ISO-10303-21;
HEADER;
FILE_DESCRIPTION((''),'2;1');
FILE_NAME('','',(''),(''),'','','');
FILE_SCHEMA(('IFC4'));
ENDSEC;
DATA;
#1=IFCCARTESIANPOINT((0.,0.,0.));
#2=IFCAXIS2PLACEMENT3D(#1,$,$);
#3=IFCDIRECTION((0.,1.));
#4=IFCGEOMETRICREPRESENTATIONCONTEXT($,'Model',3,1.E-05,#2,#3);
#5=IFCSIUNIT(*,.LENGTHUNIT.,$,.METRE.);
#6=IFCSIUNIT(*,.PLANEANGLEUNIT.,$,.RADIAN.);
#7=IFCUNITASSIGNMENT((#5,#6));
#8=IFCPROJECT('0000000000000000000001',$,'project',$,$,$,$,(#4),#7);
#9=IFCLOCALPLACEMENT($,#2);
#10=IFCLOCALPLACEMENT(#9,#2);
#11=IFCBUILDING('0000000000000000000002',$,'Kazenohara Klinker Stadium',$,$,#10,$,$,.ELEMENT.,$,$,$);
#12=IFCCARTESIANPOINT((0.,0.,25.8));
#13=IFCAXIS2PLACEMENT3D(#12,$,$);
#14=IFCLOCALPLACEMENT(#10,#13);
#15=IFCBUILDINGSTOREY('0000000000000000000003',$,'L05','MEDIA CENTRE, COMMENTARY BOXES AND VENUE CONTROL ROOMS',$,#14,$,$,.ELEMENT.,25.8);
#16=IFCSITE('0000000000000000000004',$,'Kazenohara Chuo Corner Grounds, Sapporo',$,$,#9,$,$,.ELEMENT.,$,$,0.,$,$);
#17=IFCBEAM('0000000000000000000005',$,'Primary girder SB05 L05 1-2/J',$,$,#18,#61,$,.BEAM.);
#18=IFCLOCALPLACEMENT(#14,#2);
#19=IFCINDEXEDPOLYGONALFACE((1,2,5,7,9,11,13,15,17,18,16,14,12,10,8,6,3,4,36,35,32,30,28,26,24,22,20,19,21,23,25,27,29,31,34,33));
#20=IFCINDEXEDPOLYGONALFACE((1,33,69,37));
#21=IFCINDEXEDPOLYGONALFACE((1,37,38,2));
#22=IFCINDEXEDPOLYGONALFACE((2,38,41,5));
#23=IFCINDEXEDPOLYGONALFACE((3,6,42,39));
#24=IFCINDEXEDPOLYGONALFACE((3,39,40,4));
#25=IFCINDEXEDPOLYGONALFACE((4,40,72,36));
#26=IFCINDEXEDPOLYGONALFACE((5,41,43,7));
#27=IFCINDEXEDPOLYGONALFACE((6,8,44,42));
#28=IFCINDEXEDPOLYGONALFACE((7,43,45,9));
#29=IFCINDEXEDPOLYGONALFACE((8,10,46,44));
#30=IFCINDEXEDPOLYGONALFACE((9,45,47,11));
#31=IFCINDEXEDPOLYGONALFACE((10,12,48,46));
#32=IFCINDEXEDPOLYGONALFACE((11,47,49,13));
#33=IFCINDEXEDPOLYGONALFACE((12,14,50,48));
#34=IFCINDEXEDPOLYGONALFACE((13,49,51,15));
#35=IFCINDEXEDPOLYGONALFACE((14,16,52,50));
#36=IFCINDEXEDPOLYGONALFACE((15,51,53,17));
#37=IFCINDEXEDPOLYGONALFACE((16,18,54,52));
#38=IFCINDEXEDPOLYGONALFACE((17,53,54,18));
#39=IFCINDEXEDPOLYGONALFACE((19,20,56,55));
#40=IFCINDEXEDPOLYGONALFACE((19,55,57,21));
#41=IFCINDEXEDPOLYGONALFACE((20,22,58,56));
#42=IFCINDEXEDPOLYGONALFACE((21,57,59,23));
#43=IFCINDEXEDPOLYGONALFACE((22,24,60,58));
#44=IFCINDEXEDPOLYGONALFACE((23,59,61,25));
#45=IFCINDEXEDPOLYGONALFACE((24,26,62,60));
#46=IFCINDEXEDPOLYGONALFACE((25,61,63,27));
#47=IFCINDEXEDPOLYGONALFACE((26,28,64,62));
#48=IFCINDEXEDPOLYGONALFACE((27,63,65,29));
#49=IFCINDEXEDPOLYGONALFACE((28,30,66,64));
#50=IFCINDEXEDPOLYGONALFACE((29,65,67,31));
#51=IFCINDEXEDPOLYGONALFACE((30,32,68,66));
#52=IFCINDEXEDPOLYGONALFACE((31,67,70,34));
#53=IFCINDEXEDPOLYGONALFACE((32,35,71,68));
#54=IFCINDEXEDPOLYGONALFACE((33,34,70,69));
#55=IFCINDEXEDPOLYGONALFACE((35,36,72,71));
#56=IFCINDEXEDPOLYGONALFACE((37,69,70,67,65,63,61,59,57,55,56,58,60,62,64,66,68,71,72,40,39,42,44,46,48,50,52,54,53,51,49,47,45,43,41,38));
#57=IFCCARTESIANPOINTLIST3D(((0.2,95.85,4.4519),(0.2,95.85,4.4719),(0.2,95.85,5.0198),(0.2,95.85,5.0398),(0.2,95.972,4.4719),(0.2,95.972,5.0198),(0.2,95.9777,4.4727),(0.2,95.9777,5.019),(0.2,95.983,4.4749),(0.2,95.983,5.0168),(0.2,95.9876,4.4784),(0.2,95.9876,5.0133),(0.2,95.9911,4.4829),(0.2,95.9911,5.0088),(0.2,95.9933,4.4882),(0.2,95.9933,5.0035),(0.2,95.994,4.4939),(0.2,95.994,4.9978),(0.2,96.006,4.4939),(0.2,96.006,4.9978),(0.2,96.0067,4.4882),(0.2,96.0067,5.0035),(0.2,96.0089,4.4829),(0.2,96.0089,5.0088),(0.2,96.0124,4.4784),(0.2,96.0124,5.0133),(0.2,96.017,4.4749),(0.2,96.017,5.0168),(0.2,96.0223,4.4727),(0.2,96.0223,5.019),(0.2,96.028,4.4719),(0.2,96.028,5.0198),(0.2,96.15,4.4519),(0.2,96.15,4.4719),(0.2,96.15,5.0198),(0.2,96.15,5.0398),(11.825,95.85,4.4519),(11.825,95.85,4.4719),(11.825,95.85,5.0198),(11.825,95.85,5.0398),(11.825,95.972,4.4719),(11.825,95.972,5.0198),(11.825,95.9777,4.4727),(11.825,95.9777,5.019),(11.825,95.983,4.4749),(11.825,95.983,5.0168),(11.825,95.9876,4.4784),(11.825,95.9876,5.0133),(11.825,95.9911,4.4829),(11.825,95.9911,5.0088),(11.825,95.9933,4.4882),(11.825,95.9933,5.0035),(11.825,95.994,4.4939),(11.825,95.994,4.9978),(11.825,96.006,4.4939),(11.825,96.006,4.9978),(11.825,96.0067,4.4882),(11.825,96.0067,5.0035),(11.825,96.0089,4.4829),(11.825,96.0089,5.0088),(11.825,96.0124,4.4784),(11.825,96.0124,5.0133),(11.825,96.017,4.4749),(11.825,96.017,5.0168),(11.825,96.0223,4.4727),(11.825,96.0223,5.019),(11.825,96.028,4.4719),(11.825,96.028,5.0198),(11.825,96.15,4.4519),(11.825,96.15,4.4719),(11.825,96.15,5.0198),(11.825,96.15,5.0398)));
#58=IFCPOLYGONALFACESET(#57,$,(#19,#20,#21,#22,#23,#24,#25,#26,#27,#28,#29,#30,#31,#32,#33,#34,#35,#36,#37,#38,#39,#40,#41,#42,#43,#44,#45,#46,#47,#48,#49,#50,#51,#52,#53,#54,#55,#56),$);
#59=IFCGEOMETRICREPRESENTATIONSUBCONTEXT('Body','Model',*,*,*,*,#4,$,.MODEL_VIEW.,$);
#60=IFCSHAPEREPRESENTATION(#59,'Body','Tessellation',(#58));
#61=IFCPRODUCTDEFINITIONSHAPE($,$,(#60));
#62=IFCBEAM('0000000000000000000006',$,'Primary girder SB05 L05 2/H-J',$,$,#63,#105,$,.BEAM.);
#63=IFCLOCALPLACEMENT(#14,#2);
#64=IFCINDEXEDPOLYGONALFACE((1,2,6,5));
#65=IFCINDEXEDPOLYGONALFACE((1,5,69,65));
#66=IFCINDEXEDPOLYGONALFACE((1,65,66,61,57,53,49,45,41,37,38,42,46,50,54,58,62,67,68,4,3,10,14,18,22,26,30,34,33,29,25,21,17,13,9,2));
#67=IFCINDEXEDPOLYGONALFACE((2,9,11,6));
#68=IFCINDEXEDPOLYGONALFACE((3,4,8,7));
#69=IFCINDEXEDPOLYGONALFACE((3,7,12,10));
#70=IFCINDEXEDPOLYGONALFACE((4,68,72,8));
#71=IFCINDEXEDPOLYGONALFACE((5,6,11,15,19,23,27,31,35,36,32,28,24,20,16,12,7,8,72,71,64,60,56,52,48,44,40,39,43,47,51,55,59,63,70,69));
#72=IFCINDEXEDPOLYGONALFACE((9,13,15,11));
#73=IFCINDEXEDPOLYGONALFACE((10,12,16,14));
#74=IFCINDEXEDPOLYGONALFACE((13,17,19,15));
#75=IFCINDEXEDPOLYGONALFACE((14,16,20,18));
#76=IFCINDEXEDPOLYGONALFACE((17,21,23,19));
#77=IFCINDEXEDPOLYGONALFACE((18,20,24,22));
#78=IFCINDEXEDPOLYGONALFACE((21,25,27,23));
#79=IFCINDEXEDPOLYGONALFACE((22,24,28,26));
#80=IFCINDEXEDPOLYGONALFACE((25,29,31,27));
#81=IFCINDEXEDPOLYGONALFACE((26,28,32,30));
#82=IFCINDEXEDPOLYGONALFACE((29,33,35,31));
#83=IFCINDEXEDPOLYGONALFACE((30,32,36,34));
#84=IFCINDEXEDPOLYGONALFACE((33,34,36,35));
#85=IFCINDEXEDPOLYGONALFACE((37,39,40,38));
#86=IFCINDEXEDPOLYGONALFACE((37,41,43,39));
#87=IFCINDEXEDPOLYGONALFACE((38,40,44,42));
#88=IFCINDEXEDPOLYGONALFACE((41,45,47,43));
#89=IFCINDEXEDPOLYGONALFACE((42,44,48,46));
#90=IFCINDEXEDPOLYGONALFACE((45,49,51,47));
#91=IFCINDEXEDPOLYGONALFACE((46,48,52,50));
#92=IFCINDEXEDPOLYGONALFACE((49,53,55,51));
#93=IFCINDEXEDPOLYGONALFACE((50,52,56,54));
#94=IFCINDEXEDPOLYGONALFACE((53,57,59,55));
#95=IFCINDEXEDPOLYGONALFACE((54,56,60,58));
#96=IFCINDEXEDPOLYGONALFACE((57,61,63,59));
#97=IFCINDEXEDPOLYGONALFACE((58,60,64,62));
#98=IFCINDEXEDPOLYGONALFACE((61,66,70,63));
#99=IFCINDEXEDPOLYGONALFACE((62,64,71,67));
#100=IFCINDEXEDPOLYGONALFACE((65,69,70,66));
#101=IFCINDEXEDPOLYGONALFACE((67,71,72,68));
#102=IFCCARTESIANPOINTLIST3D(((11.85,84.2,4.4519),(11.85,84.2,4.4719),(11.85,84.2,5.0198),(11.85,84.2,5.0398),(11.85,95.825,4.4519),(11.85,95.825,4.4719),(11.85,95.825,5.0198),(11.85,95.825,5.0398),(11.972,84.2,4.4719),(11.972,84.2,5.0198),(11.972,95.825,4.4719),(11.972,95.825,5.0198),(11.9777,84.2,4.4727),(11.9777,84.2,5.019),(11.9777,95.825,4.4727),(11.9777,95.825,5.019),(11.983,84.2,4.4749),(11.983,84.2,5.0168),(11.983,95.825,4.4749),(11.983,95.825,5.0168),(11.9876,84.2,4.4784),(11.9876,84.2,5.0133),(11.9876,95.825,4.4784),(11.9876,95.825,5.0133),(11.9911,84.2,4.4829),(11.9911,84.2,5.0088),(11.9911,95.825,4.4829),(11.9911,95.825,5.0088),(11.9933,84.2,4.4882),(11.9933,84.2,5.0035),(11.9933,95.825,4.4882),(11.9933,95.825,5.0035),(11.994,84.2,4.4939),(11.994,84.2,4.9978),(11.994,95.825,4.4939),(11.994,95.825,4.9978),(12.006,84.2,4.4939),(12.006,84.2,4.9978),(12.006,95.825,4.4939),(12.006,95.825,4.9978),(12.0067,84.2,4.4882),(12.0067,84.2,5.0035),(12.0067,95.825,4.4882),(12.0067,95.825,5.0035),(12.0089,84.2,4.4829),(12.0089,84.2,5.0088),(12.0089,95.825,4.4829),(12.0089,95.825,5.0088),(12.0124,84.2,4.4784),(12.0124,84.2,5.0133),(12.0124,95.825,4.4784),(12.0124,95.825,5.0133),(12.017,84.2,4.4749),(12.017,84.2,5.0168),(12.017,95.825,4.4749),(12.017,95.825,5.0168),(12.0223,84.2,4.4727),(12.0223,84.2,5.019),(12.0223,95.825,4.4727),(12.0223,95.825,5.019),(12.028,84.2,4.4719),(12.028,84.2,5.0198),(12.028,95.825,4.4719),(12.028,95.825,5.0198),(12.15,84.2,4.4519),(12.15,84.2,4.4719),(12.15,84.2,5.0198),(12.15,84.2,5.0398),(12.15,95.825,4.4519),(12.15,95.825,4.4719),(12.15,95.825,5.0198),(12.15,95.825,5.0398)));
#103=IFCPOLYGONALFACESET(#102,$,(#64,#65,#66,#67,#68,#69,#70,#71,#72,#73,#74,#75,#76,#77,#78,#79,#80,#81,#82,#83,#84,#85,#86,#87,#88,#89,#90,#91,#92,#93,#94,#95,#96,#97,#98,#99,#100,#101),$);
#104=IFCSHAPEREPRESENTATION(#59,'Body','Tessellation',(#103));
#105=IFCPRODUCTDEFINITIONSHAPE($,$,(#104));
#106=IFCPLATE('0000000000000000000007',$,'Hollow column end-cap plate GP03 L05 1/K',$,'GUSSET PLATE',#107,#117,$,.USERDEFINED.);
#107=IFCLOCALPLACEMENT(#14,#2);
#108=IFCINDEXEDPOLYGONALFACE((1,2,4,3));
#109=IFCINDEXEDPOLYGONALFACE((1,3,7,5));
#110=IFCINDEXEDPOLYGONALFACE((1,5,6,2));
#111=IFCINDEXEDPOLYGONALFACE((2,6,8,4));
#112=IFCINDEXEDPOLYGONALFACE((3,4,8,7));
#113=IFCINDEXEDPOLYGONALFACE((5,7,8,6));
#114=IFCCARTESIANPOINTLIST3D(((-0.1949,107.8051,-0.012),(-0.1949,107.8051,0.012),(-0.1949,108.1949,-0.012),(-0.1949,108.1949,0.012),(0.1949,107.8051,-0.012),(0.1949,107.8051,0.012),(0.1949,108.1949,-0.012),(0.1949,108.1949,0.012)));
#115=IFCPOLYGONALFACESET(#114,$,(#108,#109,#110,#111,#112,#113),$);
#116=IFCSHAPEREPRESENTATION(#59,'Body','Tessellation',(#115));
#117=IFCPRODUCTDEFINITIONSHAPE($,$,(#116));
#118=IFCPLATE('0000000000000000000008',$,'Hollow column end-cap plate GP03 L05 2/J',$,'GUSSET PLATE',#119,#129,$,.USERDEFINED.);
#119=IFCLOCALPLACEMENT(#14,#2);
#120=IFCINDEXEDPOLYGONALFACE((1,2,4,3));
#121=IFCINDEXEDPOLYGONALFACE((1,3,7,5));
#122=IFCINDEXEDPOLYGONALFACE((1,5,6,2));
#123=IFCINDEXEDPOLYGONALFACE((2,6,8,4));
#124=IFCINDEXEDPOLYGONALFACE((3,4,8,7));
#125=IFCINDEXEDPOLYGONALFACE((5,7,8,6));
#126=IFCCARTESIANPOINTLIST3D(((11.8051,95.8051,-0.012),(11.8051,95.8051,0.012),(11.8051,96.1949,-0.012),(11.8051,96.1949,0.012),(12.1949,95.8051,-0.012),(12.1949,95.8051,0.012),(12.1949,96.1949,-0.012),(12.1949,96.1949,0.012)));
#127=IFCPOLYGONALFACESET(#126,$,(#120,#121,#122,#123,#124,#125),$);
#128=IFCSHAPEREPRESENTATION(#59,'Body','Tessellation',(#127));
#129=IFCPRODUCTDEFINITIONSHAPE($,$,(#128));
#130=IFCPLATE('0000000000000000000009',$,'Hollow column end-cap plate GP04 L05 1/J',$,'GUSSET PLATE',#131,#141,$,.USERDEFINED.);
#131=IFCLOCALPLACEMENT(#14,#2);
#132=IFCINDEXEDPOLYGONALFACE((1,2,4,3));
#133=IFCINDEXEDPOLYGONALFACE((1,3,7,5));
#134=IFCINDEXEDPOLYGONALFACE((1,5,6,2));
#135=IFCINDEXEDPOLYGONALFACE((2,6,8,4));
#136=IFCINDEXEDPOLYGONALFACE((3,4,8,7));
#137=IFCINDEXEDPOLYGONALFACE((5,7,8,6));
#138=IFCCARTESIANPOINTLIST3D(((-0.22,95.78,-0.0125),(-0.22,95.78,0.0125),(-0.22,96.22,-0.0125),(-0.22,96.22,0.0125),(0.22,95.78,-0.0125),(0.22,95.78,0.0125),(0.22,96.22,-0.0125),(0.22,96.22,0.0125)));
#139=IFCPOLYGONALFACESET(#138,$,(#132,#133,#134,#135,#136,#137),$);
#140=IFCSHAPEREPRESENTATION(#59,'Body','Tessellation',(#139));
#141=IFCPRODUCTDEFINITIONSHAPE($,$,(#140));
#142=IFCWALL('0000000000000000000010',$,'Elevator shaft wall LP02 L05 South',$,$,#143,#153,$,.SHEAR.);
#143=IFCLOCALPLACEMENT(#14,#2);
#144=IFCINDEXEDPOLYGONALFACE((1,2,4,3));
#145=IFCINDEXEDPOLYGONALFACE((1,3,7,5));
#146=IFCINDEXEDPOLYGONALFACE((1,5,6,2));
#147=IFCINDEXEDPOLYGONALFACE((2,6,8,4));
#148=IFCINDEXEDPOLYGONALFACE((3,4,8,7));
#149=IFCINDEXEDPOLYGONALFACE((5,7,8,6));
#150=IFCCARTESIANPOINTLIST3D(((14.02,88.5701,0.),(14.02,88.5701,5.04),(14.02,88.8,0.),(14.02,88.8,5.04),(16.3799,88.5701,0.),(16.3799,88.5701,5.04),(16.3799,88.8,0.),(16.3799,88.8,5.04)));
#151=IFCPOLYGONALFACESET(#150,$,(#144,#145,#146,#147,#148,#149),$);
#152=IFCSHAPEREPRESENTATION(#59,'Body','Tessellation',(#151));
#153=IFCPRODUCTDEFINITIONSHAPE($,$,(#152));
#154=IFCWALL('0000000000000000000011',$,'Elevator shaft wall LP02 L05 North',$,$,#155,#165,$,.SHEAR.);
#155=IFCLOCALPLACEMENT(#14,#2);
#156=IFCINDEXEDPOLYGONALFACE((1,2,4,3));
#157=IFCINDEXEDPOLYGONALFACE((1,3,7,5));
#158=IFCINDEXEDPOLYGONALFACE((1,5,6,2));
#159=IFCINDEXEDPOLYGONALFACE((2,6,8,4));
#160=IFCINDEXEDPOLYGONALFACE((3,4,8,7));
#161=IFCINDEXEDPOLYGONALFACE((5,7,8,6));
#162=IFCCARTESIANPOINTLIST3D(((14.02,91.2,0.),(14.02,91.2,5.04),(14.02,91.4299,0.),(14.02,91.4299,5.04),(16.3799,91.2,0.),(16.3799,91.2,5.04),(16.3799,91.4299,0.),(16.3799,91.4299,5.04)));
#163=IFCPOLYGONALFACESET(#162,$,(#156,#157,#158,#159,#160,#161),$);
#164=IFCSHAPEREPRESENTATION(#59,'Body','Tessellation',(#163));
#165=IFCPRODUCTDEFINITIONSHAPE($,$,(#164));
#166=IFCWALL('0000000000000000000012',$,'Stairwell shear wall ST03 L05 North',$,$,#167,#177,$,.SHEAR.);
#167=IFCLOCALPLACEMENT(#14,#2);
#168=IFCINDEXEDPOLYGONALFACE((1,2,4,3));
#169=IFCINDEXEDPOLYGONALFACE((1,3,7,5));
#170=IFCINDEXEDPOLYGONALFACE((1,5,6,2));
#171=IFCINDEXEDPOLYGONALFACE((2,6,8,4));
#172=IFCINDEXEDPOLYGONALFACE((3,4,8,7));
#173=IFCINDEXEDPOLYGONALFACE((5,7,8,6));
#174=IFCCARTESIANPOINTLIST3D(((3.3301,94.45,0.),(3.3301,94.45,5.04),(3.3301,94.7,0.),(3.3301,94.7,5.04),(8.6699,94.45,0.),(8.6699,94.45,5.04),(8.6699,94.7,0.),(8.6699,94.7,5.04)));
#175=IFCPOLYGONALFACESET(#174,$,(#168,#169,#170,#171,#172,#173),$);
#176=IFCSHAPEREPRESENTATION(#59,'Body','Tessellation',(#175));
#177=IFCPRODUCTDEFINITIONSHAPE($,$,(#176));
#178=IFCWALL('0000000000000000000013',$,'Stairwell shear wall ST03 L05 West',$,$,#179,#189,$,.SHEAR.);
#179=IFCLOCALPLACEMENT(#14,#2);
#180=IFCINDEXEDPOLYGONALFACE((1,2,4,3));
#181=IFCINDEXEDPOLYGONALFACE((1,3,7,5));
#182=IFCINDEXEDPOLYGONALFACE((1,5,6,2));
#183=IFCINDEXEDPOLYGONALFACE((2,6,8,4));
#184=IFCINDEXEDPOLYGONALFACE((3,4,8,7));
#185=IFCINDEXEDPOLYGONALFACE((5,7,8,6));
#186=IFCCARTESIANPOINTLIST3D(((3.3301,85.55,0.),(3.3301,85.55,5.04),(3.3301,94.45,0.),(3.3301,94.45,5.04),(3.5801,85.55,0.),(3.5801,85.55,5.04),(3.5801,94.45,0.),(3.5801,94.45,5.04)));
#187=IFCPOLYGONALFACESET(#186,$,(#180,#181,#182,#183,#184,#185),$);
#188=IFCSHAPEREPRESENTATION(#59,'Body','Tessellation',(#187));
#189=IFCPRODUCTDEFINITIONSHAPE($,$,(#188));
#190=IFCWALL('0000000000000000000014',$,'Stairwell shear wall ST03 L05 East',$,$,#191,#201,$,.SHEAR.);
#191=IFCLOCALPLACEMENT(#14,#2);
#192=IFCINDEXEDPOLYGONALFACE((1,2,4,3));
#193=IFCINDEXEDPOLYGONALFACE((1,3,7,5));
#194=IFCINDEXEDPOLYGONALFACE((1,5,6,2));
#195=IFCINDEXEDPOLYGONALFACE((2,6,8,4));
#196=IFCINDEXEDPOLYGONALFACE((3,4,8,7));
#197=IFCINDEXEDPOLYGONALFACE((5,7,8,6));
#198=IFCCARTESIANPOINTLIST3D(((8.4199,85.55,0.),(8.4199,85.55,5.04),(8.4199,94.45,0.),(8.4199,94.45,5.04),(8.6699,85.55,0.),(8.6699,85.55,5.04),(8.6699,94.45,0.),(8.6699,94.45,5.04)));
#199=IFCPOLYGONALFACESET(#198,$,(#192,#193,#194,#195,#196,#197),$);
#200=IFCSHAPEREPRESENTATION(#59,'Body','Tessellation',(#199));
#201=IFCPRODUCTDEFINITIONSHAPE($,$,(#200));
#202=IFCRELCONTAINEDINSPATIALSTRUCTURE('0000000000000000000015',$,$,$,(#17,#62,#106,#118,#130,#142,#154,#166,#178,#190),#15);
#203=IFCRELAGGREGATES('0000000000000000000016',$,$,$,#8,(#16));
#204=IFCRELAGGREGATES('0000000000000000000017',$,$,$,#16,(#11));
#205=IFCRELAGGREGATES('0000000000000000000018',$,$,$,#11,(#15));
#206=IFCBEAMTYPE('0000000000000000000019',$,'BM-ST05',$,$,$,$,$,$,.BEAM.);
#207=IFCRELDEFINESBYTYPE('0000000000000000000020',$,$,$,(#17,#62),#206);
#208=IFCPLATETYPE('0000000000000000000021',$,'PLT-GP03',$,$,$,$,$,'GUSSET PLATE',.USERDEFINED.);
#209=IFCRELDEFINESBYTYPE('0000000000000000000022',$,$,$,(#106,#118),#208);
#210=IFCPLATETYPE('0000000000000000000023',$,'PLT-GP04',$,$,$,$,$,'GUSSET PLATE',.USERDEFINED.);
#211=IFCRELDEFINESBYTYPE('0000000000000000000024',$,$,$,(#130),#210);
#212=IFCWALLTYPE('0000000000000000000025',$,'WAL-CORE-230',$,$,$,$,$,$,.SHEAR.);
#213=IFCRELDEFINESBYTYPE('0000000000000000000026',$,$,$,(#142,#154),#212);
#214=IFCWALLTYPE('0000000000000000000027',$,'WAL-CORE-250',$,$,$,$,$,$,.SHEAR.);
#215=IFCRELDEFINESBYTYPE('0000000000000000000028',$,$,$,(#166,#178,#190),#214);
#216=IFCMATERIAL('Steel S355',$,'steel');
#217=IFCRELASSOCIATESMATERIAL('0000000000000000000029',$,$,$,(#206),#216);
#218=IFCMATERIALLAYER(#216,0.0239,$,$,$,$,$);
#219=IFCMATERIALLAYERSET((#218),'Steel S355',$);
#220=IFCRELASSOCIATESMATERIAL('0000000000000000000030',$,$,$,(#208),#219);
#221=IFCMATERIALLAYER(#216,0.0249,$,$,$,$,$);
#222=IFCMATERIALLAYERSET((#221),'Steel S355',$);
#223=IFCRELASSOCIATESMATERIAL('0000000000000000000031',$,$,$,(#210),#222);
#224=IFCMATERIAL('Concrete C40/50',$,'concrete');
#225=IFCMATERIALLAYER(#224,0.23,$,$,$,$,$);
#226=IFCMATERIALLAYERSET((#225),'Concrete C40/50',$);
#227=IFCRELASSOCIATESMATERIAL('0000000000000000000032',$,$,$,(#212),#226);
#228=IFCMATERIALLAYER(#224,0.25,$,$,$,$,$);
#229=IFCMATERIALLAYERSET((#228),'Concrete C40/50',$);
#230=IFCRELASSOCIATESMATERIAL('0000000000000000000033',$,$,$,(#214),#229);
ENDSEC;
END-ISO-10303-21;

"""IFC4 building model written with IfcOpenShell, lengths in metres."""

from ifc_helpers import new_model, si_unit, direction, frame, frame_2d, origin, origin_2d, place, context, subcontext, project, spatial, rectangle, i_section, extrude, material, layer, layer_set, material_profile, profile_set, type_object, element, save


model = new_model("IFC4")

# Units and contexts
model_context = context("Model", 3, precision=1e-05, world=origin(), true_north=direction((0.0, 1.0)))
body_context = subcontext(model_context, "Body", "Model", "MODEL_VIEW")
ifc_project = project(units=[si_unit("LENGTHUNIT", "METRE"), si_unit("PLANEANGLEUNIT", "RADIAN")], contexts=[model_context])

# Site, building, storey
site_placement = place(None, origin())
site = spatial("IfcSite", under=ifc_project, at=site_placement, Name="Kazenohara Chuo Corner Grounds, Sapporo", CompositionType="ELEMENT", RefElevation=0.0)
building_placement = place(site_placement, origin())
building = spatial("IfcBuilding", under=site, at=building_placement, Name="Kazenohara Klinker Stadium", CompositionType="ELEMENT")
storey_placement = place(building_placement, frame((0.0, 0.0, 25.8)))
storey = spatial("IfcBuildingStorey", under=building, at=storey_placement, Name="L05", Description="MEDIA CENTRE, COMMENTARY BOXES AND VENUE CONTROL ROOMS", CompositionType="ELEMENT", Elevation=25.8)

# Shared definitions
ifc_material_1 = material(Name="Steel S355", Category="steel")

# Beams
ifc_material_2 = material(Name="Concrete C40/50", Category="concrete")
ifc_material_profile_1 = material_profile(ifc_material_1, i_section(OverallWidth=0.3, OverallDepth=0.5879, WebThickness=0.012, FlangeThickness=0.02, FilletRadius=0.022, at=origin_2d()), Name="H-588x300x12x20")
ifc_profile_set_1 = profile_set([ifc_material_profile_1], Name="Steel S355")
beam_type_1 = type_object("IfcBeamType", Name="BM-ST05", PredefinedType="BEAM", material=ifc_profile_set_1)
for number, where, z_axis, x_axis, name in (
    (1, (0.2, 96.0, 4.7458), (1.0, 0.0, 0.0), (0.0, 1.0, 0.0), "Primary girder SB05 L05 1-2/J"),
    (2, (12.0, 84.2, 4.7458), (0.0, 1.0, 0.0), (-1.0, 0.0, 0.0), "Primary girder SB05 L05 2/H-J"),
):
    element("IfcBeam", number, at=place(storey_placement, frame(where, z_axis=z_axis, x_axis=x_axis)), inside=storey, type_object=beam_type_1, Name=name, PredefinedType="BEAM", context=body_context, shape_type="SweptSolid", body=[
        extrude(i_section(OverallWidth=0.3, OverallDepth=0.5879, WebThickness=0.012, FlangeThickness=0.02, FilletRadius=0.022, at=origin_2d()), origin(), (0.0, 0.0, 1.0), 11.625),
    ])

# Plates
ifc_layer_1 = layer(ifc_material_1, 0.0239)
ifc_layer_set_1 = layer_set([ifc_layer_1], Name="Steel S355")
plate_type_1 = type_object("IfcPlateType", Name="PLT-GP03", ElementType="GUSSET PLATE", PredefinedType="USERDEFINED", material=ifc_layer_set_1)
for number, where, z_axis, x_axis, name in (
    (3, (0.0, 108.0, -0.012), (0.0, 0.0, 1.0), (1.0, 0.0, 0.0), "Hollow column end-cap plate GP03 L05 1/K"),
    (4, (12.0, 96.0, -0.012), (0.0, 0.0, 1.0), (1.0, 0.0, 0.0), "Hollow column end-cap plate GP03 L05 2/J"),
):
    element("IfcPlate", number, at=place(storey_placement, frame(where, z_axis=z_axis, x_axis=x_axis)), inside=storey, type_object=plate_type_1, Name=name, ObjectType="GUSSET PLATE", PredefinedType="USERDEFINED", context=body_context, shape_type="SweptSolid", body=[
        extrude(rectangle(XDim=0.3899, YDim=0.3899, at=origin_2d()), origin(), (0.0, 0.0, 1.0), 0.0239),
    ])
ifc_layer_2 = layer(ifc_material_1, 0.0249)
ifc_layer_set_2 = layer_set([ifc_layer_2], Name="Steel S355")
plate_type_2 = type_object("IfcPlateType", Name="PLT-GP04", ElementType="GUSSET PLATE", PredefinedType="USERDEFINED", material=ifc_layer_set_2)
plate_placement = place(storey_placement, frame((0.0, 96.0, -0.0125), z_axis=(0.0, 0.0, 1.0), x_axis=(1.0, 0.0, 0.0)))
element("IfcPlate", 5, at=plate_placement, inside=storey, type_object=plate_type_2, Name="Hollow column end-cap plate GP04 L05 1/J", ObjectType="GUSSET PLATE", PredefinedType="USERDEFINED", context=body_context, shape_type="SweptSolid", body=[
    extrude(rectangle(XDim=0.4399, YDim=0.4399, at=origin_2d()), origin(), (0.0, 0.0, 1.0), 0.0249),
])

# Walls
ifc_layer_3 = layer(ifc_material_2, 0.23)
ifc_layer_set_3 = layer_set([ifc_layer_3], Name="Concrete C40/50")
wall_type_1 = type_object("IfcWallType", Name="WAL-CORE-230", PredefinedType="SHEAR", material=ifc_layer_set_3)
for number, where, z_axis, x_axis, name in (
    (6, (14.02, 88.6851, 0.0), (0.0, 0.0, 1.0), (1.0, 0.0, 0.0), "Elevator shaft wall LP02 L05 South"),
    (7, (14.02, 91.3149, 0.0), (0.0, 0.0, 1.0), (1.0, 0.0, 0.0), "Elevator shaft wall LP02 L05 North"),
):
    element("IfcWall", number, at=place(storey_placement, frame(where, z_axis=z_axis, x_axis=x_axis)), inside=storey, type_object=wall_type_1, Name=name, PredefinedType="SHEAR", context=body_context, shape_type="SweptSolid", body=[
        extrude(rectangle(XDim=2.3599, YDim=0.23, at=frame_2d((1.1799, 0.0))), origin(), (0.0, 0.0, 1.0), 5.04),
    ])

# Shared definitions
ifc_layer_4 = layer(ifc_material_2, 0.25)
ifc_layer_set_4 = layer_set([ifc_layer_4], Name="Concrete C40/50")
wall_type_2 = type_object("IfcWallType", Name="WAL-CORE-250", PredefinedType="SHEAR", material=ifc_layer_set_4)

# Walls
wall_1_placement = place(storey_placement, frame((3.3301, 94.575, 0.0), z_axis=(0.0, 0.0, 1.0), x_axis=(1.0, 0.0, 0.0)))
element("IfcWall", 8, at=wall_1_placement, inside=storey, type_object=wall_type_2, Name="Stairwell shear wall ST03 L05 North", PredefinedType="SHEAR", context=body_context, shape_type="SweptSolid", body=[
    extrude(rectangle(XDim=5.3398, YDim=0.25, at=frame_2d((2.6699, 0.0))), origin(), (0.0, 0.0, 1.0), 5.04),
])
for number, where, z_axis, x_axis, name in (
    (9, (3.4551, 85.55, 0.0), (0.0, 0.0, 1.0), (0.0, 1.0, 0.0), "Stairwell shear wall ST03 L05 West"),
    (10, (8.5449, 85.55, 0.0), (0.0, 0.0, 1.0), (0.0, 1.0, 0.0), "Stairwell shear wall ST03 L05 East"),
):
    element("IfcWall", number, at=place(storey_placement, frame(where, z_axis=z_axis, x_axis=x_axis)), inside=storey, type_object=wall_type_2, Name=name, PredefinedType="SHEAR", context=body_context, shape_type="SweptSolid", body=[
        extrude(rectangle(XDim=8.8999, YDim=0.25, at=frame_2d((4.45, 0.0))), origin(), (0.0, 0.0, 1.0), 5.04),
    ])

save(model, "model.ifc")
